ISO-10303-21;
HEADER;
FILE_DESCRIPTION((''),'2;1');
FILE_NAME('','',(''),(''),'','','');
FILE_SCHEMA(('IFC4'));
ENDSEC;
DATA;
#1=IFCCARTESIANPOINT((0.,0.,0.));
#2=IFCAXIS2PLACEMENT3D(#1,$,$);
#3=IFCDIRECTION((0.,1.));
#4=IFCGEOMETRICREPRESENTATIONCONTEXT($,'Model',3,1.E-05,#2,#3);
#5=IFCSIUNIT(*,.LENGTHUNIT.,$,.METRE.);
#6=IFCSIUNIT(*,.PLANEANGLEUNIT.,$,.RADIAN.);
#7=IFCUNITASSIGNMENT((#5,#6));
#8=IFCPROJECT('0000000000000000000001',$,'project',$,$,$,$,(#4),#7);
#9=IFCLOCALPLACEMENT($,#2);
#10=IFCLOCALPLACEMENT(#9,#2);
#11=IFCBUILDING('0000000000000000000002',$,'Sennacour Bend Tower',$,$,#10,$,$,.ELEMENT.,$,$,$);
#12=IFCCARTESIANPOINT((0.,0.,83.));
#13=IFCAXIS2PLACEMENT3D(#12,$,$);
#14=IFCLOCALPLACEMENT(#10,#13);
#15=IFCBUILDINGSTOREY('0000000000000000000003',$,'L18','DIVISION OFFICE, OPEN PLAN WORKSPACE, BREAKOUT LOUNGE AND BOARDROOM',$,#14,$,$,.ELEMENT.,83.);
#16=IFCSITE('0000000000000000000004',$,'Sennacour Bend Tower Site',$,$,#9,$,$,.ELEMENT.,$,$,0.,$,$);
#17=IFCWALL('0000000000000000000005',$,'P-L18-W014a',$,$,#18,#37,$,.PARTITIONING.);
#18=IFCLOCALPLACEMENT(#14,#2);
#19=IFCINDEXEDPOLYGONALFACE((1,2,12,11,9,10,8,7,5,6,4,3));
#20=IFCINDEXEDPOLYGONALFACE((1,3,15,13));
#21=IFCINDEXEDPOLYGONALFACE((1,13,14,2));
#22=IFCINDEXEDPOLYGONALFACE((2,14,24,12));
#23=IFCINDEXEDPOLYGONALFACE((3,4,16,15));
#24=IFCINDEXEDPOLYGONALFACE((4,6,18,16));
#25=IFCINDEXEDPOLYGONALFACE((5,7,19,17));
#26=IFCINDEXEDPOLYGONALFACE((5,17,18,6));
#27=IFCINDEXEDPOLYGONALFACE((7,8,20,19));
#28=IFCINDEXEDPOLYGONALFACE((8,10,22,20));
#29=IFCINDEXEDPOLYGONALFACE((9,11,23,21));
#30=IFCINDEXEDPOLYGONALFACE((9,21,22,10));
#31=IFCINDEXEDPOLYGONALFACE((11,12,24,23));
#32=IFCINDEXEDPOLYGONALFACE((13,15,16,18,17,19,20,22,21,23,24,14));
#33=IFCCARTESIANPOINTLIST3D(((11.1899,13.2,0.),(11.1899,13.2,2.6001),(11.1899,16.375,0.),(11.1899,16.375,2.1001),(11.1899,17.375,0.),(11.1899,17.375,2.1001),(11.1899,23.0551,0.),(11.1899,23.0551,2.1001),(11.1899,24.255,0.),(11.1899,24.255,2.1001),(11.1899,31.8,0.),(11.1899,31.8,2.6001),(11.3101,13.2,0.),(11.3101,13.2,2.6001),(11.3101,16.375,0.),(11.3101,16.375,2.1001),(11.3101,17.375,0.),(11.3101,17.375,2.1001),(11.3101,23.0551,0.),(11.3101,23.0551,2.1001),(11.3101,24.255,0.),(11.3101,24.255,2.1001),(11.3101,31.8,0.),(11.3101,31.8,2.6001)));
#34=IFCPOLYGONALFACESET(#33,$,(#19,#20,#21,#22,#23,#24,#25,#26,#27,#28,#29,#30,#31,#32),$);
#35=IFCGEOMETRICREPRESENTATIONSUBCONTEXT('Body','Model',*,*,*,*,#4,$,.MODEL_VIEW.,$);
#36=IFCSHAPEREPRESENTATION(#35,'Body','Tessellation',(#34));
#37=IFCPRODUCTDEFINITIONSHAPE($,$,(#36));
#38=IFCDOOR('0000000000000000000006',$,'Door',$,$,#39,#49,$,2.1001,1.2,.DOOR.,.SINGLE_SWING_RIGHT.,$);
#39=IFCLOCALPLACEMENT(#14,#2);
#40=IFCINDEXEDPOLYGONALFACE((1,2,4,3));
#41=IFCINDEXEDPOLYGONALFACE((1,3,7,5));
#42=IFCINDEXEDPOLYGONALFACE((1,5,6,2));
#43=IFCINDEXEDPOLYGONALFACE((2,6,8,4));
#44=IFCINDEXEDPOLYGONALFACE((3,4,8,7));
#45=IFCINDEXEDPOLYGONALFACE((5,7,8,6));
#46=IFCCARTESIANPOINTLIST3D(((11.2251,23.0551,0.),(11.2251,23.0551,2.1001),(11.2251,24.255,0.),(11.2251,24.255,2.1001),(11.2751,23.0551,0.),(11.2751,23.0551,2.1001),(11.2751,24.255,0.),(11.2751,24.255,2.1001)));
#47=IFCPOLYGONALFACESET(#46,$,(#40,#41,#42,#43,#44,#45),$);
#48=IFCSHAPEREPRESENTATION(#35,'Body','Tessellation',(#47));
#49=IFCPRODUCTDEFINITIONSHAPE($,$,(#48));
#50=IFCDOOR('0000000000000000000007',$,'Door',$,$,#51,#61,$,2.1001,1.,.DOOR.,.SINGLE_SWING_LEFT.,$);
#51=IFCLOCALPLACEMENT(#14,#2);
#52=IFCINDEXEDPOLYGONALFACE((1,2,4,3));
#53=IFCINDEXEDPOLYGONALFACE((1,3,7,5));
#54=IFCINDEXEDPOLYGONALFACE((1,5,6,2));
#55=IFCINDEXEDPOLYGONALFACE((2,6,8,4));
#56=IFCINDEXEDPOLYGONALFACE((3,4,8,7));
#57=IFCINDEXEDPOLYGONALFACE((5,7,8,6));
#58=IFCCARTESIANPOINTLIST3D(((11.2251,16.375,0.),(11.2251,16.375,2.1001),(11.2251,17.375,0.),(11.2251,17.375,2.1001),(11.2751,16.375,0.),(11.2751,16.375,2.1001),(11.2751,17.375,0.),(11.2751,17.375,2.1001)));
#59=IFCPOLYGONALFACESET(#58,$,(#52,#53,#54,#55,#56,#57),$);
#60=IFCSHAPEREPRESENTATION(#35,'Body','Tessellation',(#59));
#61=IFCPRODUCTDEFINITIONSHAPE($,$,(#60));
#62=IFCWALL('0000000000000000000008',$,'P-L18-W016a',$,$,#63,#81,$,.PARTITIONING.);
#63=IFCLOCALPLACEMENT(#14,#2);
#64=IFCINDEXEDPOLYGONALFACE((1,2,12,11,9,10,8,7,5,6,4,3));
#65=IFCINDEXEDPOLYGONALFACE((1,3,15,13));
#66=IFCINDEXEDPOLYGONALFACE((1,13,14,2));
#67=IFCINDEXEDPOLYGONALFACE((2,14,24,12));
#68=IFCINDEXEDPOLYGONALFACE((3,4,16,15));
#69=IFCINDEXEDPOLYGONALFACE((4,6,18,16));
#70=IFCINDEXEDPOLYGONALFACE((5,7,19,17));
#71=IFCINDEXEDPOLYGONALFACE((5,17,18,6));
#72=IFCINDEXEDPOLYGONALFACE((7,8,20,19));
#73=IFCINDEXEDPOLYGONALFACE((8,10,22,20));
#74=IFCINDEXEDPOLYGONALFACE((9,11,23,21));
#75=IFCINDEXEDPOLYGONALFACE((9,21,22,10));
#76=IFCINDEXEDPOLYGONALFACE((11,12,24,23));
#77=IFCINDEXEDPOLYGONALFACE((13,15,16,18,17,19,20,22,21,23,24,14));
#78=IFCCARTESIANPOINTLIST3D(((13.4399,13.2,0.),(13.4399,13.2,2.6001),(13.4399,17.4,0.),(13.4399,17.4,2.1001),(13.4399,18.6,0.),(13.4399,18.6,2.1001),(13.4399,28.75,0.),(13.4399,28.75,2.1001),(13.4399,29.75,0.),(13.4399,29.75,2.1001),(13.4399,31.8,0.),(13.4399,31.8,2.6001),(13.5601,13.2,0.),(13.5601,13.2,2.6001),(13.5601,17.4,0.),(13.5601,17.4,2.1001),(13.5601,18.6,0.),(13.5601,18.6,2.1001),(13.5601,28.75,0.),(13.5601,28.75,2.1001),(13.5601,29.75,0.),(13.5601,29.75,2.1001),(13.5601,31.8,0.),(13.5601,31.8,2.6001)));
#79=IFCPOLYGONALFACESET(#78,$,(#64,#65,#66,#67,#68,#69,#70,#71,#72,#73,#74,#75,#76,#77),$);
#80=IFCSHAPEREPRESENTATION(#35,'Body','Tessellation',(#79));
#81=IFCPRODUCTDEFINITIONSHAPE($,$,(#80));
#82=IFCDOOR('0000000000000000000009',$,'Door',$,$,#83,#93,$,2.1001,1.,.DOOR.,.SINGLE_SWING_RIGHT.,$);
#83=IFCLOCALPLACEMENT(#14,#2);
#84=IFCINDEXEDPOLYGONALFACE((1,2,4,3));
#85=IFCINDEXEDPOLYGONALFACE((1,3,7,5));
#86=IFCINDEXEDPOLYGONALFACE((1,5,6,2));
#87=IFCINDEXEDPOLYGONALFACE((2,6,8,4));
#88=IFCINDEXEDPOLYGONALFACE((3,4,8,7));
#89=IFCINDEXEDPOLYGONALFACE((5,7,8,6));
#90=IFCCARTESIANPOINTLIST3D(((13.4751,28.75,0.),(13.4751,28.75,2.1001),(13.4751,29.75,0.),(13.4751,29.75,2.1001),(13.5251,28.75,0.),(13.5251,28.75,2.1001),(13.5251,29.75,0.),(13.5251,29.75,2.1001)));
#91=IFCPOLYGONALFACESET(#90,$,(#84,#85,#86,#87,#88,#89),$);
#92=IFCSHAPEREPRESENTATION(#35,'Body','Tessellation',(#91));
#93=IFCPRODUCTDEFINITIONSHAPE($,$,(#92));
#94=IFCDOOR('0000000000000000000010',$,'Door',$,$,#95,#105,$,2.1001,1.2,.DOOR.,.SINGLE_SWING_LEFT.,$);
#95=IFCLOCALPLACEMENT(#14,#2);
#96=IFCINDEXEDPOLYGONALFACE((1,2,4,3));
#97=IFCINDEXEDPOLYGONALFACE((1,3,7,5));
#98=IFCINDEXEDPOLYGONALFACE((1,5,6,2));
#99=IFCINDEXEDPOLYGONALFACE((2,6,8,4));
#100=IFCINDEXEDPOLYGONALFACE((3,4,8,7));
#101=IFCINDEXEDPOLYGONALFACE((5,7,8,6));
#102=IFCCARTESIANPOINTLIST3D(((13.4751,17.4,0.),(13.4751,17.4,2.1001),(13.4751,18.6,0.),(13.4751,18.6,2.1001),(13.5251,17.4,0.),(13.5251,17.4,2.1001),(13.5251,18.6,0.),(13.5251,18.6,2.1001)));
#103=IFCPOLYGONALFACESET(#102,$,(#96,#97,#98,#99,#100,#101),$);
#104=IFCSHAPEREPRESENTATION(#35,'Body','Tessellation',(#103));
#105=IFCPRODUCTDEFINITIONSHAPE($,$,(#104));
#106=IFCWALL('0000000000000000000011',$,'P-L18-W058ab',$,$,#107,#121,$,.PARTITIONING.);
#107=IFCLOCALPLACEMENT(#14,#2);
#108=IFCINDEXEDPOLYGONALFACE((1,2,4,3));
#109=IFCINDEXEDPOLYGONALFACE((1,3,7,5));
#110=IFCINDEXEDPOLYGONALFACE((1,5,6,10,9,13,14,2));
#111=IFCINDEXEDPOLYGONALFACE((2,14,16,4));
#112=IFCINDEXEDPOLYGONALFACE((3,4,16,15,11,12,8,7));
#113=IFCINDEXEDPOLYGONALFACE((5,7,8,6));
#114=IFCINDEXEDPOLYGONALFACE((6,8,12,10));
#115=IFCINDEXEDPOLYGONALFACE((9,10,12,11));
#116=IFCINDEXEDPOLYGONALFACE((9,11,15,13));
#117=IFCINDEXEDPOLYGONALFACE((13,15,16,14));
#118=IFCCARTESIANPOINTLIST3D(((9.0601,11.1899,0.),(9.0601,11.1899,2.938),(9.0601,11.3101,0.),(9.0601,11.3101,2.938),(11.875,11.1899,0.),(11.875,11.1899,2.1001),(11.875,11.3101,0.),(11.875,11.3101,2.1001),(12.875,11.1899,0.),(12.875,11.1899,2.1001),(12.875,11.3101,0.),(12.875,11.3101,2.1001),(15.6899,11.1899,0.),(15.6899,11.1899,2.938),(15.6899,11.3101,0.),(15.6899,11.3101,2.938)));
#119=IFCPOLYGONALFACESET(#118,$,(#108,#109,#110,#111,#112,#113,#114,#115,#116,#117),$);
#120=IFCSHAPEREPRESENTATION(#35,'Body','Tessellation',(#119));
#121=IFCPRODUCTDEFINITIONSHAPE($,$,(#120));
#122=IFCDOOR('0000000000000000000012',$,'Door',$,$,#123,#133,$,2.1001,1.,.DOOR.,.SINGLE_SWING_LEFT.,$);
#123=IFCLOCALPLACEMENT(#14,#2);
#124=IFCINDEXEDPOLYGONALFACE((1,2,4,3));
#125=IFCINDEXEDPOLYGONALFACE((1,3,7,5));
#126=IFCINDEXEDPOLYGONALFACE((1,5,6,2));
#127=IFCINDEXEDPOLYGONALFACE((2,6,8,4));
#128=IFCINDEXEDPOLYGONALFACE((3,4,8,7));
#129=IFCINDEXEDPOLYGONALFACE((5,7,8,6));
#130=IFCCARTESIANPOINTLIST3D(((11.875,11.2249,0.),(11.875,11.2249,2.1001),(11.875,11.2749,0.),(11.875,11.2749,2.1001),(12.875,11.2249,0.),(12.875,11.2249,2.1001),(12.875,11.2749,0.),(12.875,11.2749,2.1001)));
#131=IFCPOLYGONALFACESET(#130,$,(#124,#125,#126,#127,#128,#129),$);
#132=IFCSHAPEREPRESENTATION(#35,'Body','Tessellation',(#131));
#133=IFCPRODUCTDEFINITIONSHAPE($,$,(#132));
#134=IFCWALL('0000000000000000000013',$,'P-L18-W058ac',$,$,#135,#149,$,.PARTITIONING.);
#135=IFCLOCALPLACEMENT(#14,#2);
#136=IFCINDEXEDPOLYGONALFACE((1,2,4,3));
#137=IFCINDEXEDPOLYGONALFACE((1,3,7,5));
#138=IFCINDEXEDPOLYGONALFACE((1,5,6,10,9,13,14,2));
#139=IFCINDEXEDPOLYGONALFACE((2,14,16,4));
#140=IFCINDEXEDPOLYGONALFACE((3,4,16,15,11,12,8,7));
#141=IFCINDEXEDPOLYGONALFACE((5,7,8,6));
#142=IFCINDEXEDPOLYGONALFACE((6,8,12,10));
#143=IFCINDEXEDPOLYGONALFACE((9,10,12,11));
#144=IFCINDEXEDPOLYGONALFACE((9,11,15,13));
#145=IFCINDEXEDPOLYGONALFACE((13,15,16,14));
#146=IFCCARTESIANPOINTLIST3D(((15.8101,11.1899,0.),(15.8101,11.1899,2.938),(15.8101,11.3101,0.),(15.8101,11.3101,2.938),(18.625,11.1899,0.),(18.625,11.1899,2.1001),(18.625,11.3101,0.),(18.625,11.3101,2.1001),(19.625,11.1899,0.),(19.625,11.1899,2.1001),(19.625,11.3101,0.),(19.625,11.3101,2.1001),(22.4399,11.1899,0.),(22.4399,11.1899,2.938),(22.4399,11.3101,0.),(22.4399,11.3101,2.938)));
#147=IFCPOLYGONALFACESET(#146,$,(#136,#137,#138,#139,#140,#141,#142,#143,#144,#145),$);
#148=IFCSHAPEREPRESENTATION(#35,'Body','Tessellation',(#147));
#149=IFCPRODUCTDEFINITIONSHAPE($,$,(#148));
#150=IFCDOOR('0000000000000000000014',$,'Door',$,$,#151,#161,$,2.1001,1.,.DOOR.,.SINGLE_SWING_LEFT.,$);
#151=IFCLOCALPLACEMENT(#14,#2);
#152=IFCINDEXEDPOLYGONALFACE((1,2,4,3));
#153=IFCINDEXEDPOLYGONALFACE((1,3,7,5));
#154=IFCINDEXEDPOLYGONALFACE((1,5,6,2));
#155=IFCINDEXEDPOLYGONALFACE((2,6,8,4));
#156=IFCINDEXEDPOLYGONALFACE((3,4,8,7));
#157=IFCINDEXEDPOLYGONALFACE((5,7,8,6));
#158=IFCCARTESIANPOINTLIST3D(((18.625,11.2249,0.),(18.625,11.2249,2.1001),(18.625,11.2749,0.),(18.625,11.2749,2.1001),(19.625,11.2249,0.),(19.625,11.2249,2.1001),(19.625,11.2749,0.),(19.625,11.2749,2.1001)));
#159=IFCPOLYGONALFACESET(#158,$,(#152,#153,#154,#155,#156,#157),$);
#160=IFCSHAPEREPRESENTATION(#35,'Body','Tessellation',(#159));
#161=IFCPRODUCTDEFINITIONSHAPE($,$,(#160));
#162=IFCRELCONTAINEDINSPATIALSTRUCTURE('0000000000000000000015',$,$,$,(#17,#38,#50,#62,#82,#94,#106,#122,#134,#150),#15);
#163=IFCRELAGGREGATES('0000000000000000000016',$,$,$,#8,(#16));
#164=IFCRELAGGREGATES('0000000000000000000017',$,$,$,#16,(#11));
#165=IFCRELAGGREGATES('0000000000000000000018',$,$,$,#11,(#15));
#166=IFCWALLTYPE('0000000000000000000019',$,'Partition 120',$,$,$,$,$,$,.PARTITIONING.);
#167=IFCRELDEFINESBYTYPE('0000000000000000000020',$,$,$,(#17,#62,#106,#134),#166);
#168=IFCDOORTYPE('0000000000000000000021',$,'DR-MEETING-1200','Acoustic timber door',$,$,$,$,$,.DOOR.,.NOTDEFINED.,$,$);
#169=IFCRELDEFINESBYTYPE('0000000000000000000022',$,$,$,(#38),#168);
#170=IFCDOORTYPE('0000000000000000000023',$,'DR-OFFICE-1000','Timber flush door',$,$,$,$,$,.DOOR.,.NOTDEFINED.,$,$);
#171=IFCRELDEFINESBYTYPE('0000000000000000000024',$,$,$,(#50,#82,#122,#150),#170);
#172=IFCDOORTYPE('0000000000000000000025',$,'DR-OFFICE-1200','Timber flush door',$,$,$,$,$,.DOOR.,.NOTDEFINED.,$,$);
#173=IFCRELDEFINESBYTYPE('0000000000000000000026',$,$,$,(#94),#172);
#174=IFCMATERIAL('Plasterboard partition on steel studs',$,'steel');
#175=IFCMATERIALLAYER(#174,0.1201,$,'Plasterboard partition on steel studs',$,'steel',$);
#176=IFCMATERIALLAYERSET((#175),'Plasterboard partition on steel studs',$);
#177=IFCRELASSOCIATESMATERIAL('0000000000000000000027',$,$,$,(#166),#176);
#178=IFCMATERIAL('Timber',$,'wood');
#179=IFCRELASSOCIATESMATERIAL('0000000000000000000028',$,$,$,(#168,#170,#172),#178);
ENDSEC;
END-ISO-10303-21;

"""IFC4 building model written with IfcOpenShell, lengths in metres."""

from ifc_helpers import new_model, si_unit, direction, frame, frame_2d, origin, place, context, subcontext, project, spatial, rectangle, extrude, material, layer, layer_set, type_object, element, fill, save


model = new_model("IFC4")

# Units and contexts
model_context = context("Model", 3, precision=1e-05, world=origin(), true_north=direction((0.0, 1.0)))
body_context = subcontext(model_context, "Body", "Model", "MODEL_VIEW")
ifc_project = project(units=[si_unit("LENGTHUNIT", "METRE"), si_unit("PLANEANGLEUNIT", "RADIAN")], contexts=[model_context])

# Site, building, storey
site_placement = place(None, origin())
site = spatial("IfcSite", under=ifc_project, at=site_placement, Name="Sennacour Bend Tower Site", CompositionType="ELEMENT", RefElevation=0.0)
building_placement = place(site_placement, origin())
building = spatial("IfcBuilding", under=site, at=building_placement, Name="Sennacour Bend Tower", CompositionType="ELEMENT")
storey_placement = place(building_placement, frame((0.0, 0.0, 83.0)))
storey = spatial("IfcBuildingStorey", under=building, at=storey_placement, Name="L18", Description="DIVISION OFFICE, OPEN PLAN WORKSPACE, BREAKOUT LOUNGE AND BOARDROOM", CompositionType="ELEMENT", Elevation=83.0)

# Walls, openings, doors
ifc_material_1 = material(Name="Plasterboard partition on steel studs", Category="steel")
ifc_layer_1 = layer(ifc_material_1, 0.1201, Name="Plasterboard partition on steel studs", Category="steel")
ifc_layer_set_1 = layer_set([ifc_layer_1], Name="Plasterboard partition on steel studs")
wall_type_1 = type_object("IfcWallType", Name="Partition 120", PredefinedType="PARTITIONING", material=ifc_layer_set_1)
wall_1_placement = place(storey_placement, frame((11.25, 13.2, 0.0), z_axis=(0.0, 0.0, 1.0), x_axis=(0.0, 1.0, 0.0)))
wall_1 = element("IfcWall", 1, at=wall_1_placement, inside=storey, type_object=wall_type_1, Name="P-L18-W014a", PredefinedType="PARTITIONING", context=body_context, shape_type="SweptSolid", body=[
    extrude(rectangle(XDim=18.6001, YDim=0.1201, at=frame_2d((9.3, 0.0))), origin(), (0.0, 0.0, 1.0), 2.6001),
])
opening_1_placement = place(wall_1_placement, frame((3.175, 0.0, 0.0)))
opening_1 = element("IfcOpeningElement", 2, at=opening_1_placement, cuts=wall_1, PredefinedType="OPENING", context=body_context, shape_type="SweptSolid", body=[
    extrude(rectangle(XDim=1.0, YDim=2.1001, at=frame_2d((0.5, 1.05))), frame((0.0, 0.0701, 0.0), z_axis=(0.0, -1.0, 0.0), x_axis=(1.0, 0.0, 0.0)), (0.0, 0.0, 1.0), 0.1401),
])
opening_2_placement = place(wall_1_placement, frame((9.855, 0.0, 0.0)))
opening_2 = element("IfcOpeningElement", 3, at=opening_2_placement, cuts=wall_1, PredefinedType="OPENING", context=body_context, shape_type="SweptSolid", body=[
    extrude(rectangle(XDim=1.2, YDim=2.1001, at=frame_2d((0.6001, 1.05))), frame((0.0, 0.0701, 0.0), z_axis=(0.0, -1.0, 0.0), x_axis=(1.0, 0.0, 0.0)), (0.0, 0.0, 1.0), 0.1401),
])
ifc_material_2 = material(Name="Timber", Category="wood")
door_type_1 = type_object("IfcDoorType", Name="DR-MEETING-1200", Description="Acoustic timber door", OperationType="NOTDEFINED", PredefinedType="DOOR", material=ifc_material_2)
door_1_placement = place(opening_2_placement, origin())
door_1 = element("IfcDoor", 4, at=door_1_placement, inside=storey, type_object=door_type_1, Name="Door", OperationType="SINGLE_SWING_RIGHT", OverallHeight=2.1001, OverallWidth=1.2, PredefinedType="DOOR", context=body_context, shape_type="SweptSolid", body=[
    extrude(rectangle(XDim=1.2, YDim=2.1001, at=frame_2d((0.6001, 1.05))), frame((0.0, 0.0249, 0.0), z_axis=(0.0, -1.0, 0.0), x_axis=(1.0, 0.0, 0.0)), (0.0, 0.0, 1.0), 0.05),
])
fill(opening_2, door_1)
door_type_2 = type_object("IfcDoorType", Name="DR-OFFICE-1000", Description="Timber flush door", OperationType="NOTDEFINED", PredefinedType="DOOR", material=ifc_material_2)
door_2_placement = place(opening_1_placement, origin())
door_2 = element("IfcDoor", 5, at=door_2_placement, inside=storey, type_object=door_type_2, Name="Door", OperationType="SINGLE_SWING_LEFT", OverallHeight=2.1001, OverallWidth=1.0, PredefinedType="DOOR", context=body_context, shape_type="SweptSolid", body=[
    extrude(rectangle(XDim=1.0, YDim=2.1001, at=frame_2d((0.5, 1.05))), frame((0.0, 0.0249, 0.0), z_axis=(0.0, -1.0, 0.0), x_axis=(1.0, 0.0, 0.0)), (0.0, 0.0, 1.0), 0.05),
])
fill(opening_1, door_2)
wall_2_placement = place(storey_placement, frame((13.5, 13.2, 0.0), z_axis=(0.0, 0.0, 1.0), x_axis=(0.0, 1.0, 0.0)))
wall_2 = element("IfcWall", 6, at=wall_2_placement, inside=storey, type_object=wall_type_1, Name="P-L18-W016a", PredefinedType="PARTITIONING", context=body_context, shape_type="SweptSolid", body=[
    extrude(rectangle(XDim=18.6001, YDim=0.1201, at=frame_2d((9.3, 0.0))), origin(), (0.0, 0.0, 1.0), 2.6001),
])
opening_3_placement = place(wall_2_placement, frame((15.55, 0.0, 0.0)))
opening_3 = element("IfcOpeningElement", 7, at=opening_3_placement, cuts=wall_2, PredefinedType="OPENING", context=body_context, shape_type="SweptSolid", body=[
    extrude(rectangle(XDim=1.0, YDim=2.1001, at=frame_2d((0.5, 1.05))), frame((0.0, 0.0701, 0.0), z_axis=(0.0, -1.0, 0.0), x_axis=(1.0, 0.0, 0.0)), (0.0, 0.0, 1.0), 0.1401),
])
opening_4_placement = place(wall_2_placement, frame((4.2, 0.0, 0.0)))
opening_4 = element("IfcOpeningElement", 8, at=opening_4_placement, cuts=wall_2, PredefinedType="OPENING", context=body_context, shape_type="SweptSolid", body=[
    extrude(rectangle(XDim=1.2, YDim=2.1001, at=frame_2d((0.6001, 1.05))), frame((0.0, 0.0701, 0.0), z_axis=(0.0, -1.0, 0.0), x_axis=(1.0, 0.0, 0.0)), (0.0, 0.0, 1.0), 0.1401),
])
door_3_placement = place(opening_3_placement, origin())
door_3 = element("IfcDoor", 9, at=door_3_placement, inside=storey, type_object=door_type_2, Name="Door", OperationType="SINGLE_SWING_RIGHT", OverallHeight=2.1001, OverallWidth=1.0, PredefinedType="DOOR", context=body_context, shape_type="SweptSolid", body=[
    extrude(rectangle(XDim=1.0, YDim=2.1001, at=frame_2d((0.5, 1.05))), frame((0.0, 0.0249, 0.0), z_axis=(0.0, -1.0, 0.0), x_axis=(1.0, 0.0, 0.0)), (0.0, 0.0, 1.0), 0.05),
])
fill(opening_3, door_3)
door_type_3 = type_object("IfcDoorType", Name="DR-OFFICE-1200", Description="Timber flush door", OperationType="NOTDEFINED", PredefinedType="DOOR", material=ifc_material_2)
door_4_placement = place(opening_4_placement, origin())
door_4 = element("IfcDoor", 10, at=door_4_placement, inside=storey, type_object=door_type_3, Name="Door", OperationType="SINGLE_SWING_LEFT", OverallHeight=2.1001, OverallWidth=1.2, PredefinedType="DOOR", context=body_context, shape_type="SweptSolid", body=[
    extrude(rectangle(XDim=1.2, YDim=2.1001, at=frame_2d((0.6001, 1.05))), frame((0.0, 0.0249, 0.0), z_axis=(0.0, -1.0, 0.0), x_axis=(1.0, 0.0, 0.0)), (0.0, 0.0, 1.0), 0.05),
])
fill(opening_4, door_4)

# Walls, openings, doors
wall_3_placement = place(storey_placement, frame((9.0601, 11.25, 0.0), z_axis=(0.0, 0.0, 1.0), x_axis=(1.0, 0.0, 0.0)))
wall_3 = element("IfcWall", 11, at=wall_3_placement, inside=storey, type_object=wall_type_1, Name="P-L18-W058ab", PredefinedType="PARTITIONING", context=body_context, shape_type="SweptSolid", body=[
    extrude(rectangle(XDim=6.6299, YDim=0.1201, at=frame_2d((3.3149, 0.0))), origin(), (0.0, 0.0, 1.0), 2.938),
])
opening_5_placement = place(wall_3_placement, frame((2.8149, 0.0, 0.0)))
opening_5 = element("IfcOpeningElement", 12, at=opening_5_placement, cuts=wall_3, PredefinedType="OPENING", context=body_context, shape_type="SweptSolid", body=[
    extrude(rectangle(XDim=1.0, YDim=2.1001, at=frame_2d((0.5, 1.05))), frame((0.0, 0.0701, 0.0), z_axis=(0.0, -1.0, 0.0), x_axis=(1.0, 0.0, 0.0)), (0.0, 0.0, 1.0), 0.1401),
])
door_5_placement = place(opening_5_placement, origin())
door_5 = element("IfcDoor", 13, at=door_5_placement, inside=storey, type_object=door_type_2, Name="Door", OperationType="SINGLE_SWING_LEFT", OverallHeight=2.1001, OverallWidth=1.0, PredefinedType="DOOR", context=body_context, shape_type="SweptSolid", body=[
    extrude(rectangle(XDim=1.0, YDim=2.1001, at=frame_2d((0.5, 1.05))), frame((0.0, 0.0249, 0.0), z_axis=(0.0, -1.0, 0.0), x_axis=(1.0, 0.0, 0.0)), (0.0, 0.0, 1.0), 0.05),
])
fill(opening_5, door_5)
wall_4_placement = place(storey_placement, frame((15.8101, 11.25, 0.0), z_axis=(0.0, 0.0, 1.0), x_axis=(1.0, 0.0, 0.0)))
wall_4 = element("IfcWall", 14, at=wall_4_placement, inside=storey, type_object=wall_type_1, Name="P-L18-W058ac", PredefinedType="PARTITIONING", context=body_context, shape_type="SweptSolid", body=[
    extrude(rectangle(XDim=6.6299, YDim=0.1201, at=frame_2d((3.3149, 0.0))), origin(), (0.0, 0.0, 1.0), 2.938),
])
opening_6_placement = place(wall_4_placement, frame((2.8149, 0.0, 0.0)))
opening_6 = element("IfcOpeningElement", 15, at=opening_6_placement, cuts=wall_4, PredefinedType="OPENING", context=body_context, shape_type="SweptSolid", body=[
    extrude(rectangle(XDim=1.0, YDim=2.1001, at=frame_2d((0.5, 1.05))), frame((0.0, 0.0701, 0.0), z_axis=(0.0, -1.0, 0.0), x_axis=(1.0, 0.0, 0.0)), (0.0, 0.0, 1.0), 0.1401),
])
door_6_placement = place(opening_6_placement, origin())
door_6 = element("IfcDoor", 16, at=door_6_placement, inside=storey, type_object=door_type_2, Name="Door", OperationType="SINGLE_SWING_LEFT", OverallHeight=2.1001, OverallWidth=1.0, PredefinedType="DOOR", context=body_context, shape_type="SweptSolid", body=[
    extrude(rectangle(XDim=1.0, YDim=2.1001, at=frame_2d((0.5, 1.05))), frame((0.0, 0.0249, 0.0), z_axis=(0.0, -1.0, 0.0), x_axis=(1.0, 0.0, 0.0)), (0.0, 0.0, 1.0), 0.05),
])
fill(opening_6, door_6)

save(model, "model.ifc")
